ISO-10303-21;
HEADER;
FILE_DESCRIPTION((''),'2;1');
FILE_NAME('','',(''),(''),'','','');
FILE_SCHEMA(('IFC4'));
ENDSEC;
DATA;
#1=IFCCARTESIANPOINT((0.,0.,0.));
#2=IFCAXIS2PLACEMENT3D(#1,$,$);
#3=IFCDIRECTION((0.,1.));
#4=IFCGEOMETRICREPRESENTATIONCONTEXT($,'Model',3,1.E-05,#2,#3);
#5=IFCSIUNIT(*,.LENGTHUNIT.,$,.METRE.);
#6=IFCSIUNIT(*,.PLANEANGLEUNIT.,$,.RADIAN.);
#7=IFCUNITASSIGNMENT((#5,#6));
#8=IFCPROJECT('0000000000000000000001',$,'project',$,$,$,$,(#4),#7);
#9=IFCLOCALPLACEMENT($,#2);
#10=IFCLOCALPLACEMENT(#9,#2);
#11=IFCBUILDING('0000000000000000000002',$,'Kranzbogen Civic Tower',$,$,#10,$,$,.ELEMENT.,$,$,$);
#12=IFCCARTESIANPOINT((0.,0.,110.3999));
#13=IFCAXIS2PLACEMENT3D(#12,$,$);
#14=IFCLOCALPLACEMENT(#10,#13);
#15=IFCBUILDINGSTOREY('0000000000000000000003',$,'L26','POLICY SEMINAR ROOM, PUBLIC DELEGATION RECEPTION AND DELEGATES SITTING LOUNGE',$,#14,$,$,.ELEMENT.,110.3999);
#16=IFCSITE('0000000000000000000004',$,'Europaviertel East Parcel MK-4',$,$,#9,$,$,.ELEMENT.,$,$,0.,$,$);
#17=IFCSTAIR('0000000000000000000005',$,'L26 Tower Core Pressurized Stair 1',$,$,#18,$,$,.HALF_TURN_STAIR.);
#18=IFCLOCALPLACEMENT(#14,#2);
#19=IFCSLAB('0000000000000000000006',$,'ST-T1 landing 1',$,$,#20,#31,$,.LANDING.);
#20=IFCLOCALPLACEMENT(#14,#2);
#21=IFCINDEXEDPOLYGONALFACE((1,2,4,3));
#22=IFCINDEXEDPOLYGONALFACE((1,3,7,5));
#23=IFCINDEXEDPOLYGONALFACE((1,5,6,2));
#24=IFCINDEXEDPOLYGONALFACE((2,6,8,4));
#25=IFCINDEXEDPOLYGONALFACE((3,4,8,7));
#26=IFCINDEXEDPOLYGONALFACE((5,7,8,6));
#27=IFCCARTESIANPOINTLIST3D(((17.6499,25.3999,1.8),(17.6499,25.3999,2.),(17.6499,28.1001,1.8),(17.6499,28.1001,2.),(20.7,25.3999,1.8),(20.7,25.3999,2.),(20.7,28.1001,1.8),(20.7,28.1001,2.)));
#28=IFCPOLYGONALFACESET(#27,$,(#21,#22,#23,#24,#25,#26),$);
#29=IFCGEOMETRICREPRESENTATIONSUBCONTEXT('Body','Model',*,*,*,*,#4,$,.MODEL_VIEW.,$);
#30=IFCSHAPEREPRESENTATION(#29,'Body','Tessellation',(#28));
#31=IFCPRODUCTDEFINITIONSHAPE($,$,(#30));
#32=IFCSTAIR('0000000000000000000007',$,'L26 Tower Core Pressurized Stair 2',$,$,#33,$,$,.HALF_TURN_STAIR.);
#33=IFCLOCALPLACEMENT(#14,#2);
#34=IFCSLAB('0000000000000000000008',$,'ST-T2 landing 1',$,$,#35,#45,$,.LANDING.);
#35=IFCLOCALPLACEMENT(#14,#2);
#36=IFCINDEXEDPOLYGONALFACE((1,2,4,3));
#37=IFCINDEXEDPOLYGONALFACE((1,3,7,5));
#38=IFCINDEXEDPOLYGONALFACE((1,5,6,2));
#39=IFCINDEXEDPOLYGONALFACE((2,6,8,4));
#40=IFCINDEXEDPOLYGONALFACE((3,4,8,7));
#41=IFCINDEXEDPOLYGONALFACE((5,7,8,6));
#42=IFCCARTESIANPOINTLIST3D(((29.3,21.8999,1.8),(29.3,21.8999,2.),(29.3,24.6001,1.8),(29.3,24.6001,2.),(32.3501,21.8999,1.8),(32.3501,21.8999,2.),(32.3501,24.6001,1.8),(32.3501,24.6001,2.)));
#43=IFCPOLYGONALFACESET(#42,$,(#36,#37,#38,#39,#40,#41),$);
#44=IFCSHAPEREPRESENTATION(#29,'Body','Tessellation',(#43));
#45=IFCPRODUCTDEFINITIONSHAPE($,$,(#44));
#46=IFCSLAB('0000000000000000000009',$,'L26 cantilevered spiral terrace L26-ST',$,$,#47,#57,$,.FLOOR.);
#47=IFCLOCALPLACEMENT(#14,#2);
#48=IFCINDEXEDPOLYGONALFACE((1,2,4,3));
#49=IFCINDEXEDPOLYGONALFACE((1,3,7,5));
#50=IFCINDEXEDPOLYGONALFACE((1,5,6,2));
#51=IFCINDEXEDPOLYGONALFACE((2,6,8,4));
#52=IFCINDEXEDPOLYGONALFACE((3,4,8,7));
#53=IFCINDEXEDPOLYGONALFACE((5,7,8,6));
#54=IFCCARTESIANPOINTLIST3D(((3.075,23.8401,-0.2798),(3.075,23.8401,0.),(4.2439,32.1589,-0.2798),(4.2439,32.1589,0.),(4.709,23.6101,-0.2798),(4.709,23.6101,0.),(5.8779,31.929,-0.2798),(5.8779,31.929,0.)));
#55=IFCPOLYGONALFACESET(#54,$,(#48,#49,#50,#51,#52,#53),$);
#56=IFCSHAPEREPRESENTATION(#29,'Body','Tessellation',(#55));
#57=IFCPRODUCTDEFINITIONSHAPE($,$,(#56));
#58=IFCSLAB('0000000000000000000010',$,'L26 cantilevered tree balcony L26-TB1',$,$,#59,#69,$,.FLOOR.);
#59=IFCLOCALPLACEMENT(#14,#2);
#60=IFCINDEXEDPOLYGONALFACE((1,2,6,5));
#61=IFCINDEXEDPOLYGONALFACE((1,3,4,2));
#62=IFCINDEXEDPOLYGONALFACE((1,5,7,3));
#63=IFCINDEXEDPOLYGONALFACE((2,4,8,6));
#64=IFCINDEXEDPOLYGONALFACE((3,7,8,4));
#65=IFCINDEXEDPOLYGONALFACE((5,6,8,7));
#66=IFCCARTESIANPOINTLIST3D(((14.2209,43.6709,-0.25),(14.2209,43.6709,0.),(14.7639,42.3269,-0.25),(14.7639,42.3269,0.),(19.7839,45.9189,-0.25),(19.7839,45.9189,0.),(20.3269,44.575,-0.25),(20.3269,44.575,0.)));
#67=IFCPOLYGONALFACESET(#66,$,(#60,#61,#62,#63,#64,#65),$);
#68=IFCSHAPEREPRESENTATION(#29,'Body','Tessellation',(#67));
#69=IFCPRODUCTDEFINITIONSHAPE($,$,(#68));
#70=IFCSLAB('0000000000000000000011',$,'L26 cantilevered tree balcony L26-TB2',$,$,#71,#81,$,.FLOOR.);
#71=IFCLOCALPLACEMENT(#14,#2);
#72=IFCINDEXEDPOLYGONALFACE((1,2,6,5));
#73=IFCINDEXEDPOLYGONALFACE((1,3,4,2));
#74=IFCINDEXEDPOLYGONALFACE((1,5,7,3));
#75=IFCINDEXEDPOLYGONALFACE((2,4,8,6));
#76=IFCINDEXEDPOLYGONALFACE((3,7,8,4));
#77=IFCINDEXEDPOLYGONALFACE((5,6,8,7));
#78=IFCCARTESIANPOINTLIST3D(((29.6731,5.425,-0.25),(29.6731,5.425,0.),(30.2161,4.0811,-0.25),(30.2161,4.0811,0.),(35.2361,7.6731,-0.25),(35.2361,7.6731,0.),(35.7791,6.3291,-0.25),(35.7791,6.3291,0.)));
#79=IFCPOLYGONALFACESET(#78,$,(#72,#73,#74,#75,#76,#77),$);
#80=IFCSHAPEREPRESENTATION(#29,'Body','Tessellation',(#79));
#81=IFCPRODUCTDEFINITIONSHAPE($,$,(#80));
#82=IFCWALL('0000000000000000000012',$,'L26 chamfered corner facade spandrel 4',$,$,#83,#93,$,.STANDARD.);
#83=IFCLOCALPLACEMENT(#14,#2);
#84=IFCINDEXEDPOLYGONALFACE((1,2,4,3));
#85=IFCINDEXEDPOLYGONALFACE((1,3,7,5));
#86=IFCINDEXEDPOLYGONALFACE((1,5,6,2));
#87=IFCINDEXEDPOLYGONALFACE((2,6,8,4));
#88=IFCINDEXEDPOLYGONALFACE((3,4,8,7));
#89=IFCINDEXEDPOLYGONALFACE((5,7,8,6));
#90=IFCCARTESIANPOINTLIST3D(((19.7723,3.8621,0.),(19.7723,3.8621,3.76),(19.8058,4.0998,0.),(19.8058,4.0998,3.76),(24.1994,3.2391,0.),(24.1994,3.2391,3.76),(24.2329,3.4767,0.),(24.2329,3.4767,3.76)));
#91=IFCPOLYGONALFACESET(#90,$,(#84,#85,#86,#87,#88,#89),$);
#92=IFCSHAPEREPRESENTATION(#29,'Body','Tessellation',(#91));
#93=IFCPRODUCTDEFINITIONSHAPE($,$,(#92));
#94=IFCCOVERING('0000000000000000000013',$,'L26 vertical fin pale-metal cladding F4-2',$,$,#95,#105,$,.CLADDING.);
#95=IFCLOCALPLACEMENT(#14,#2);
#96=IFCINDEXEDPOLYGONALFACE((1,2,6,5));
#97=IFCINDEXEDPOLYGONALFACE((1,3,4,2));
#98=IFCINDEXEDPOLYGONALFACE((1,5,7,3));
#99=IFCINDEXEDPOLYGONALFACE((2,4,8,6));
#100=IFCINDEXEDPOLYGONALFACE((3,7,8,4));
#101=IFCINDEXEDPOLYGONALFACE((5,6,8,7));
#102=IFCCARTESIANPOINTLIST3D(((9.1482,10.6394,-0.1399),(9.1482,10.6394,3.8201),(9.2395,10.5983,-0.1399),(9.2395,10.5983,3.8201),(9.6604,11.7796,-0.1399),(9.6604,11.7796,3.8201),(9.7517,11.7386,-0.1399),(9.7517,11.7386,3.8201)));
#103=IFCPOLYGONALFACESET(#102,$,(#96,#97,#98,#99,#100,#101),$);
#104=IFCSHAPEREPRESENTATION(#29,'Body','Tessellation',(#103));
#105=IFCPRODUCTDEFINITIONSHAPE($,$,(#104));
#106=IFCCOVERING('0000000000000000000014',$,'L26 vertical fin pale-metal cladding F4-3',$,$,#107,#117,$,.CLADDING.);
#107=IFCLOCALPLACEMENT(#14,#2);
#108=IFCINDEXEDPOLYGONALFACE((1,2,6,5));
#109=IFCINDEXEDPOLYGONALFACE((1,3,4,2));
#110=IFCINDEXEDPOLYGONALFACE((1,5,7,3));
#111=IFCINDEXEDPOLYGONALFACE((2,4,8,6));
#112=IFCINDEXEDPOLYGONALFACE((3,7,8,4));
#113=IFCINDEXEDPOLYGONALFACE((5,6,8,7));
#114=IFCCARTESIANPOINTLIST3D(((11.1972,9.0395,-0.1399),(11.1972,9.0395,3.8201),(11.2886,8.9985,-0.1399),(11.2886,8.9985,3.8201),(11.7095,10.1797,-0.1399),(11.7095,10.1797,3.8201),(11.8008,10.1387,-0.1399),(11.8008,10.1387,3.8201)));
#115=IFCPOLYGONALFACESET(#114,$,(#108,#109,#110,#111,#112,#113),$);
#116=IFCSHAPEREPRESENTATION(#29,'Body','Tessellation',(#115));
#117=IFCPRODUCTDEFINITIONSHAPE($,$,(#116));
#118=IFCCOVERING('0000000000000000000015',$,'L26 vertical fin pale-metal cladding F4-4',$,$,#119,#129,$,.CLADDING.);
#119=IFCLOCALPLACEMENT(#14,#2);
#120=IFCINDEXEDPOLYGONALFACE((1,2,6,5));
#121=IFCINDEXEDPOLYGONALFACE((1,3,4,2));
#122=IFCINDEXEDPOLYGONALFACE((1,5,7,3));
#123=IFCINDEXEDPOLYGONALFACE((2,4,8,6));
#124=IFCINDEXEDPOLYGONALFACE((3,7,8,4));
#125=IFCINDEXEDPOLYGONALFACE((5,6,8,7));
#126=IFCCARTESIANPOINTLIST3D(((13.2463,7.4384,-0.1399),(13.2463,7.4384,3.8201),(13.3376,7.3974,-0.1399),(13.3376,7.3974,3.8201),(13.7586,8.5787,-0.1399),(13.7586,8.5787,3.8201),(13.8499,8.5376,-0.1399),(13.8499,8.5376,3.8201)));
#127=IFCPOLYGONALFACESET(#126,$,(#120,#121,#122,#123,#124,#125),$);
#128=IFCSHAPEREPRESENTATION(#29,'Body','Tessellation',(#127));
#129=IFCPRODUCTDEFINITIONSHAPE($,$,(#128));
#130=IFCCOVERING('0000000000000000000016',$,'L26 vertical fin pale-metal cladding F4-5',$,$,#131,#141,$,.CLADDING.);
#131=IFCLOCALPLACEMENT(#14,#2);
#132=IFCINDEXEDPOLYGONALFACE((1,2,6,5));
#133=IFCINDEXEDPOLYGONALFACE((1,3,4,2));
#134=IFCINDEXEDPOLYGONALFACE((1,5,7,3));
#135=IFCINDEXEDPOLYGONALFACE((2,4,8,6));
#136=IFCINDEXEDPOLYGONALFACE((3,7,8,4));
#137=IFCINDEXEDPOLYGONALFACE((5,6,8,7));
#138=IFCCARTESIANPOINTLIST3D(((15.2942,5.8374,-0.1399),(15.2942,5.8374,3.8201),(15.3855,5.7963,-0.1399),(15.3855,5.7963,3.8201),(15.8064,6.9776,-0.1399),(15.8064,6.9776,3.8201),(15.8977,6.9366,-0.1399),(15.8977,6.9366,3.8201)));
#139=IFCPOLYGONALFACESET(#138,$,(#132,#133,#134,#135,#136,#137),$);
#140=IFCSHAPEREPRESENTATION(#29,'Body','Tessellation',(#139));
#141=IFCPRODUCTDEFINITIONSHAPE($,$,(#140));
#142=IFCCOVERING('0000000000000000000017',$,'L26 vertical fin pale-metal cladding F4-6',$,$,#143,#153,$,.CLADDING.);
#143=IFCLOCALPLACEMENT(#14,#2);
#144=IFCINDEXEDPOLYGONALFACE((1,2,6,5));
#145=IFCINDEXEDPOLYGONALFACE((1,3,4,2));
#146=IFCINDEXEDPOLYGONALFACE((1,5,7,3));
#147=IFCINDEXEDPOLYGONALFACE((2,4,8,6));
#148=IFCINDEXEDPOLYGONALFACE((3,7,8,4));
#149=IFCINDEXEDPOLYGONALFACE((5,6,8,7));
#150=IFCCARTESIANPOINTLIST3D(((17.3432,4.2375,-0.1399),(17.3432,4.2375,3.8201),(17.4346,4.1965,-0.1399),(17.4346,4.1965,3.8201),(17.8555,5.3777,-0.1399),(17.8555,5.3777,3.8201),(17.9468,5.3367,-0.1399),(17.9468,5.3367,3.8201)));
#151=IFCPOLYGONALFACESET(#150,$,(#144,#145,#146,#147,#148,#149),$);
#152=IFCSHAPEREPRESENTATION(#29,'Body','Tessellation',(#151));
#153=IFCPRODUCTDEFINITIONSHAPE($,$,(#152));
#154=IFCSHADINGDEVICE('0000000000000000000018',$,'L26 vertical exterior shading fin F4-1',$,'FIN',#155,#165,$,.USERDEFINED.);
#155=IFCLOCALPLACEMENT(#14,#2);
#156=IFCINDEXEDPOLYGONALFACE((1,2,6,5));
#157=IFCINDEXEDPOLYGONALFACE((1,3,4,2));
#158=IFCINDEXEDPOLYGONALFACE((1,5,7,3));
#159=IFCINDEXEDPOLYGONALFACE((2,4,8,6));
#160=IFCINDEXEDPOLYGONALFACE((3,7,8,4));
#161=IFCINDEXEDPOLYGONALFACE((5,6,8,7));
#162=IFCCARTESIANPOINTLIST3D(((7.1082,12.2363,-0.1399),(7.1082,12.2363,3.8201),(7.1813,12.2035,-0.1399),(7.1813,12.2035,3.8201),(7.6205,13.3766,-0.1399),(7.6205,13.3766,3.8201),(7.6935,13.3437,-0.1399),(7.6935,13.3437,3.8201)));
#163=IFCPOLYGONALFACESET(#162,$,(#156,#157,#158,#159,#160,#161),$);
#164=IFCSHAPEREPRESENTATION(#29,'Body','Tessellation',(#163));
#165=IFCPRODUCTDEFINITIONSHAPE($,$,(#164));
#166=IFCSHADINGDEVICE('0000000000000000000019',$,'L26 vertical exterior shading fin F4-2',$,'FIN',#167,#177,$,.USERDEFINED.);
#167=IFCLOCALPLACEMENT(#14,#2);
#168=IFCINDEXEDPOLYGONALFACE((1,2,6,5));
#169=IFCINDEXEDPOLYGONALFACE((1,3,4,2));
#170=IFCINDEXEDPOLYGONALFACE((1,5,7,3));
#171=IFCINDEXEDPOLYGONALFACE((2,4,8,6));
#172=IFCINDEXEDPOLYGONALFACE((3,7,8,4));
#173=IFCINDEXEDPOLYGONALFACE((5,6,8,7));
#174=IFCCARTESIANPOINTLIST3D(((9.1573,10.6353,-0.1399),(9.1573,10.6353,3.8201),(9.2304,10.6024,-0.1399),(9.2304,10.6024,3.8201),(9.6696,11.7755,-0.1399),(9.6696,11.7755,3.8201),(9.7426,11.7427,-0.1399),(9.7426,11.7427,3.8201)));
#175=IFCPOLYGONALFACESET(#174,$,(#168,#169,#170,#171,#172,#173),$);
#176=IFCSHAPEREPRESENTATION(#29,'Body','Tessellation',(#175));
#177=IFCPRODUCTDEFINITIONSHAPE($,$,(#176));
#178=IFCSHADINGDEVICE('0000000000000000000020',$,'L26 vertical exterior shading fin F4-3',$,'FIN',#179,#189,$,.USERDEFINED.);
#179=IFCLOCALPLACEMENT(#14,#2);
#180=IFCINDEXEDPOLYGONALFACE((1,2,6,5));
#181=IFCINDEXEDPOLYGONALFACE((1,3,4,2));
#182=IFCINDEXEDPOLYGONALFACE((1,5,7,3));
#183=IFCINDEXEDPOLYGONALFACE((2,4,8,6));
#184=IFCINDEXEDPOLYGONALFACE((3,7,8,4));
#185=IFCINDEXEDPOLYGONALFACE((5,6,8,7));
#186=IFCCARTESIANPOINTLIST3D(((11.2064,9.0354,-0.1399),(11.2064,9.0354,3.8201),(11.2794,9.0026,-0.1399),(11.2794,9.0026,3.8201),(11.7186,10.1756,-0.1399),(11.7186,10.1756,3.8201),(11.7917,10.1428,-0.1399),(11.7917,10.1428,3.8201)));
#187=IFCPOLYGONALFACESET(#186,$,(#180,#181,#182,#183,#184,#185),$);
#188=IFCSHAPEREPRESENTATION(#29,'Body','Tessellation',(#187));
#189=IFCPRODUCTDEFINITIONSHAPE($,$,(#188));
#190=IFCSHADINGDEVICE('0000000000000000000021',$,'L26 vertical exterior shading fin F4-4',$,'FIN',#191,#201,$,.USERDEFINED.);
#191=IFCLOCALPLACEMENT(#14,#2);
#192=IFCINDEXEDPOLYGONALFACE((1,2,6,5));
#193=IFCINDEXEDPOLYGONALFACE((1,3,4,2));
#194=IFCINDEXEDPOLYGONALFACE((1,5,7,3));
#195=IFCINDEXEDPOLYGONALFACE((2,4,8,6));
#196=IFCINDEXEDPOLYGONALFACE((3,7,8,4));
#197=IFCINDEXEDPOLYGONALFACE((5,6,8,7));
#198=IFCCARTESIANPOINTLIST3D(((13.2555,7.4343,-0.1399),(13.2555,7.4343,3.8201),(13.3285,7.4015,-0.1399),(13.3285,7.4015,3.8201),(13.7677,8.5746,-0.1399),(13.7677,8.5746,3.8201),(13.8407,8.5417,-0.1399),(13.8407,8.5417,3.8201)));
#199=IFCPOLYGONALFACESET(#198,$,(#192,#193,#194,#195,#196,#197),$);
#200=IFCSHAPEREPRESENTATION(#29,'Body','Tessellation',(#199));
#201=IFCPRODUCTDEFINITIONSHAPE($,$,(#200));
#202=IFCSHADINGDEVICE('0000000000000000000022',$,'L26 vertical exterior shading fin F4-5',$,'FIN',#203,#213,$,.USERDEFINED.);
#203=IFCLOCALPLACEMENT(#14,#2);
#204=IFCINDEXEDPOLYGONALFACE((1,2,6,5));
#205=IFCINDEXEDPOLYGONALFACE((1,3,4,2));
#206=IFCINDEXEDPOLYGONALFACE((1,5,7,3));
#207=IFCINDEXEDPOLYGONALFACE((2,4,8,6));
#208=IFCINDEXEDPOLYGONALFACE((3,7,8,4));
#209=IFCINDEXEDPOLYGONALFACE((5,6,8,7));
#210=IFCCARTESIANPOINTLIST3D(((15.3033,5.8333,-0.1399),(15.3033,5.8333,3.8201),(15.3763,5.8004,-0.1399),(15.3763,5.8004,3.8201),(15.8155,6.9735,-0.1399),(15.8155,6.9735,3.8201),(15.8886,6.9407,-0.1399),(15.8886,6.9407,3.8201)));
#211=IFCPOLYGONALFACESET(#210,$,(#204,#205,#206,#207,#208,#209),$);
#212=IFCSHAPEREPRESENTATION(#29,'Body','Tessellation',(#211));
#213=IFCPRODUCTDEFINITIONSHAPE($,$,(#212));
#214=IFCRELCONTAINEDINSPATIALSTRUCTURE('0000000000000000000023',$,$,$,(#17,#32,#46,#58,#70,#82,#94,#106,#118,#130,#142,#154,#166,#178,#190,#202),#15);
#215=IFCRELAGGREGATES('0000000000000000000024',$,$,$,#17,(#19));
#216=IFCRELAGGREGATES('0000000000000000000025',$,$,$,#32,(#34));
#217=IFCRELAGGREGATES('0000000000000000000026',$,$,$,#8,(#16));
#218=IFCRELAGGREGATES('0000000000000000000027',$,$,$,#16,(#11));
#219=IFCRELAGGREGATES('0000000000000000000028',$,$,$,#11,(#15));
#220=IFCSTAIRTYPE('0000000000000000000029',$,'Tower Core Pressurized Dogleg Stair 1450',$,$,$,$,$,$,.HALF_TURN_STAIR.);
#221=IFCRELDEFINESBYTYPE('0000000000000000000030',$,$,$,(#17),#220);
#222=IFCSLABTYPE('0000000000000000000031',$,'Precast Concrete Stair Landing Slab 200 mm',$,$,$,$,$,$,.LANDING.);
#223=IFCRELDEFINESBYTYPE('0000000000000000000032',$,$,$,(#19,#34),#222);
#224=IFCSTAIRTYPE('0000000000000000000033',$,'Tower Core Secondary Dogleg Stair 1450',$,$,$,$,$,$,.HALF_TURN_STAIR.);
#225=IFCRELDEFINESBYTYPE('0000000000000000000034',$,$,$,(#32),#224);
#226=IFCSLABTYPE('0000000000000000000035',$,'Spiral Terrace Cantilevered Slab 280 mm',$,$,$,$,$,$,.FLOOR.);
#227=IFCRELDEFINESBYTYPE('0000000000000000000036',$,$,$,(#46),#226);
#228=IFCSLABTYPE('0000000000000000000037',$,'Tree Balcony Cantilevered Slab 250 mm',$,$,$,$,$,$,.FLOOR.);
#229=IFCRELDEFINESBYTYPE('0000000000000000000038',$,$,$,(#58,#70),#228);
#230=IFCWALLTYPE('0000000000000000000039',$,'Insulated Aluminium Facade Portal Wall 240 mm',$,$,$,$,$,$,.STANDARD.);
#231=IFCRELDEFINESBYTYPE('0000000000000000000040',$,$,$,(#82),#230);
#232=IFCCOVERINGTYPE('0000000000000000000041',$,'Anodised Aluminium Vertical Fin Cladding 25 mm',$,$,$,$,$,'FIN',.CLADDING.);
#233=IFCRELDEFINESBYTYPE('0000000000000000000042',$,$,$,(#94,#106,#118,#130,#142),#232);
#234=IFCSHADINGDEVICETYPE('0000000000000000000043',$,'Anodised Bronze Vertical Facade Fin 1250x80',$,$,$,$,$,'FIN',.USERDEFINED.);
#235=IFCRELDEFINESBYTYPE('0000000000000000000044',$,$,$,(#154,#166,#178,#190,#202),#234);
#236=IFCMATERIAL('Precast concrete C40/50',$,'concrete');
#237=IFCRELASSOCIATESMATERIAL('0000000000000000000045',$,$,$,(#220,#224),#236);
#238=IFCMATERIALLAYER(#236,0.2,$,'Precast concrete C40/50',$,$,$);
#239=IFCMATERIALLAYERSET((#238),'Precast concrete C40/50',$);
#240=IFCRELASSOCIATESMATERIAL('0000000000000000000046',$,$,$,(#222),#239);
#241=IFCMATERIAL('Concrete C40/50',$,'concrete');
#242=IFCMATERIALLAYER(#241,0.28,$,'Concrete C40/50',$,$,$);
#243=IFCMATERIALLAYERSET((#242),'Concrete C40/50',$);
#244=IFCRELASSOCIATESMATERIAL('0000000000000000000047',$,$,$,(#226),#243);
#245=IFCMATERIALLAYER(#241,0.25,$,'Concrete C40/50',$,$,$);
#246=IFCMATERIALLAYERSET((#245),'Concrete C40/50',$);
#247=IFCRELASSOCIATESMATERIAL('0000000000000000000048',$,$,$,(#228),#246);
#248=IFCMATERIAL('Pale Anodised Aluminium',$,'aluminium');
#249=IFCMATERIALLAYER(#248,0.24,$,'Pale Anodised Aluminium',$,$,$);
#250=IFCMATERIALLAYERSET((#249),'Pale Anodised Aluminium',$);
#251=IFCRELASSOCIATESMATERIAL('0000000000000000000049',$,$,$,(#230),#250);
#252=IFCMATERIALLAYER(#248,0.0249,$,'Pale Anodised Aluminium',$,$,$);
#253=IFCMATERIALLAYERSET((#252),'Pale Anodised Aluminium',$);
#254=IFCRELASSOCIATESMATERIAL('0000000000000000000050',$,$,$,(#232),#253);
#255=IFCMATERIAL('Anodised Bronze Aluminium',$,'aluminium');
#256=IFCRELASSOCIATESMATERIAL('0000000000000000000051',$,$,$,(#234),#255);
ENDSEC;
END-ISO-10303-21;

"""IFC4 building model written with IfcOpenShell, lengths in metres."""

from ifc_helpers import new_model, si_unit, direction, frame, frame_2d, origin, origin_2d, place, context, subcontext, project, spatial, polyline, rectangle, outline, extrude, material, layer, layer_set, type_object, element, aggregate, save


model = new_model("IFC4")

# Units and contexts
model_context = context("Model", 3, precision=1e-05, world=origin(), true_north=direction((0.0, 1.0)))
body_context = subcontext(model_context, "Body", "Model", "MODEL_VIEW")
ifc_project = project(units=[si_unit("LENGTHUNIT", "METRE"), si_unit("PLANEANGLEUNIT", "RADIAN")], contexts=[model_context])

# Site, building, storey
site_placement = place(None, origin())
site = spatial("IfcSite", under=ifc_project, at=site_placement, Name="Europaviertel East Parcel MK-4", CompositionType="ELEMENT", RefElevation=0.0)
building_placement = place(site_placement, origin())
building = spatial("IfcBuilding", under=site, at=building_placement, Name="Kranzbogen Civic Tower", CompositionType="ELEMENT")
storey_placement = place(building_placement, frame((0.0, 0.0, 110.3999)))
storey = spatial("IfcBuildingStorey", under=building, at=storey_placement, Name="L26", Description="POLICY SEMINAR ROOM, PUBLIC DELEGATION RECEPTION AND DELEGATES SITTING LOUNGE", CompositionType="ELEMENT", Elevation=110.3999)

# Shared definitions
ifc_material_1 = material(Name="Pale Anodised Aluminium", Category="aluminium")

# Shared definitions
ifc_material_2 = material(Name="Concrete C40/50", Category="concrete")

# Stairs, slabs
ifc_material_3 = material(Name="Precast concrete C40/50", Category="concrete")
stair_type_1 = type_object("IfcStairType", Name="Tower Core Pressurized Dogleg Stair 1450", PredefinedType="HALF_TURN_STAIR", material=ifc_material_3)
stair_1_placement = place(storey_placement, origin())
stair_1 = element("IfcStair", 1, at=stair_1_placement, inside=storey, type_object=stair_type_1, Name="L26 Tower Core Pressurized Stair 1", PredefinedType="HALF_TURN_STAIR")
ifc_layer_1 = layer(ifc_material_3, 0.2, Name="Precast concrete C40/50")
ifc_layer_set_1 = layer_set([ifc_layer_1], Name="Precast concrete C40/50")
slab_type_1 = type_object("IfcSlabType", Name="Precast Concrete Stair Landing Slab 200 mm", PredefinedType="LANDING", material=ifc_layer_set_1)
slab_1_placement = place(storey_placement, frame((0.0, 0.0, 1.8)))
slab_1 = element("IfcSlab", 2, at=slab_1_placement, type_object=slab_type_1, Name="ST-T1 landing 1", PredefinedType="LANDING", context=body_context, shape_type="SweptSolid", body=[
    extrude(outline(polyline([(20.7, 25.3999), (20.7, 28.1001), (17.6499, 28.1001), (17.6499, 25.3999), (20.7, 25.3999)])), origin(), (0.0, 0.0, 1.0), 0.2),
])
aggregate(stair_1, [slab_1])
stair_type_2 = type_object("IfcStairType", Name="Tower Core Secondary Dogleg Stair 1450", PredefinedType="HALF_TURN_STAIR", material=ifc_material_3)
stair_2_placement = place(storey_placement, origin())
stair_2 = element("IfcStair", 3, at=stair_2_placement, inside=storey, type_object=stair_type_2, Name="L26 Tower Core Pressurized Stair 2", PredefinedType="HALF_TURN_STAIR")
slab_2_placement = place(storey_placement, frame((0.0, 0.0, 1.8)))
slab_2 = element("IfcSlab", 4, at=slab_2_placement, type_object=slab_type_1, Name="ST-T2 landing 1", PredefinedType="LANDING", context=body_context, shape_type="SweptSolid", body=[
    extrude(outline(polyline([(29.3, 24.6001), (29.3, 21.8999), (32.3501, 21.8999), (32.3501, 24.6001), (29.3, 24.6001)])), origin(), (0.0, 0.0, 1.0), 0.2),
])
aggregate(stair_2, [slab_2])

# Slabs
ifc_layer_2 = layer(ifc_material_2, 0.28, Name="Concrete C40/50")
ifc_layer_set_2 = layer_set([ifc_layer_2], Name="Concrete C40/50")
slab_type_2 = type_object("IfcSlabType", Name="Spiral Terrace Cantilevered Slab 280 mm", PredefinedType="FLOOR", material=ifc_layer_set_2)
slab_3_placement = place(storey_placement, frame((0.0, 0.0, -0.2798)))
element("IfcSlab", 5, at=slab_3_placement, inside=storey, type_object=slab_type_2, Name="L26 cantilevered spiral terrace L26-ST", PredefinedType="FLOOR", context=body_context, shape_type="SweptSolid", body=[
    extrude(outline(polyline([(5.8779, 31.929), (4.709, 23.6101), (3.075, 23.8401), (4.2439, 32.1589), (5.8779, 31.929)])), origin(), (0.0, 0.0, 1.0), 0.2798),
])
ifc_layer_3 = layer(ifc_material_2, 0.25, Name="Concrete C40/50")
ifc_layer_set_3 = layer_set([ifc_layer_3], Name="Concrete C40/50")
slab_type_3 = type_object("IfcSlabType", Name="Tree Balcony Cantilevered Slab 250 mm", PredefinedType="FLOOR", material=ifc_layer_set_3)
slab_4_placement = place(storey_placement, frame((0.0, 0.0, -0.25)))
element("IfcSlab", 6, at=slab_4_placement, inside=storey, type_object=slab_type_3, Name="L26 cantilevered tree balcony L26-TB1", PredefinedType="FLOOR", context=body_context, shape_type="SweptSolid", body=[
    extrude(outline(polyline([(20.3269, 44.575), (14.7639, 42.3269), (14.2209, 43.6709), (19.7839, 45.9189), (20.3269, 44.575)])), origin(), (0.0, 0.0, 1.0), 0.25),
])
slab_5_placement = place(storey_placement, frame((0.0, 0.0, -0.25)))
element("IfcSlab", 7, at=slab_5_placement, inside=storey, type_object=slab_type_3, Name="L26 cantilevered tree balcony L26-TB2", PredefinedType="FLOOR", context=body_context, shape_type="SweptSolid", body=[
    extrude(outline(polyline([(29.6731, 5.425), (35.2361, 7.6731), (35.7791, 6.3291), (30.2161, 4.0811), (29.6731, 5.425)])), origin(), (0.0, 0.0, 1.0), 0.25),
])

# Wall
ifc_layer_4 = layer(ifc_material_1, 0.24, Name="Pale Anodised Aluminium")
ifc_layer_set_4 = layer_set([ifc_layer_4], Name="Pale Anodised Aluminium")
wall_type = type_object("IfcWallType", Name="Insulated Aluminium Facade Portal Wall 240 mm", PredefinedType="STANDARD", material=ifc_layer_set_4)
wall_placement = place(storey_placement, frame((19.7891, 3.981, 0.0), z_axis=(0.0, 0.0, 1.0), x_axis=(0.990241, -0.139364, 0.0)))
element("IfcWall", 8, at=wall_placement, inside=storey, type_object=wall_type, Name="L26 chamfered corner facade spandrel 4", PredefinedType="STANDARD", context=body_context, shape_type="SweptSolid", body=[
    extrude(rectangle(XDim=4.4707, YDim=0.24, at=frame_2d((2.2354, 0.0))), origin(), (0.0, 0.0, 1.0), 3.76),
])

# Coverings
ifc_layer_5 = layer(ifc_material_1, 0.0249, Name="Pale Anodised Aluminium")
ifc_layer_set_5 = layer_set([ifc_layer_5], Name="Pale Anodised Aluminium")
covering_type_1 = type_object("IfcCoveringType", Name="Anodised Aluminium Vertical Fin Cladding 25 mm", ElementType="FIN", PredefinedType="CLADDING", material=ifc_layer_set_5)
for number, where, z_axis, x_axis, name in (
    (9, (9.45, 11.189, -0.1399), (0.0, 0.0, 1.0), (-0.409796, -0.912177, 0.0), "L26 vertical fin pale-metal cladding F4-2"),
    (10, (11.499, 9.5891, -0.1399), (0.0, 0.0, 1.0), (-0.409796, -0.912177, 0.0), "L26 vertical fin pale-metal cladding F4-3"),
    (11, (13.5481, 7.988, -0.1399), (0.0, 0.0, 1.0), (-0.409796, -0.912177, 0.0), "L26 vertical fin pale-metal cladding F4-4"),
    (12, (15.5959, 6.387, -0.1399), (0.0, 0.0, 1.0), (-0.409796, -0.912177, 0.0), "L26 vertical fin pale-metal cladding F4-5"),
    (13, (17.645, 4.7871, -0.1399), (0.0, 0.0, 1.0), (-0.409796, -0.912177, 0.0), "L26 vertical fin pale-metal cladding F4-6"),
):
    element("IfcCovering", number, at=place(storey_placement, frame(where, z_axis=z_axis, x_axis=x_axis)), inside=storey, type_object=covering_type_1, Name=name, PredefinedType="CLADDING", context=body_context, shape_type="SweptSolid", body=[
        extrude(rectangle(XDim=1.25, YDim=0.1001, at=origin_2d()), origin(), (0.0, 0.0, 1.0), 3.96),
    ])

# Shading devices
ifc_material_4 = material(Name="Anodised Bronze Aluminium", Category="aluminium")
shading_device_type = type_object("IfcShadingDeviceType", Name="Anodised Bronze Vertical Facade Fin 1250x80", ElementType="FIN", PredefinedType="USERDEFINED", material=ifc_material_4)
for number, where, z_axis, x_axis, name in (
    (14, (7.4009, 12.79, -0.1399), (0.0, 0.0, 1.0), (-0.409796, -0.912177, 0.0), "L26 vertical exterior shading fin F4-1"),
    (15, (9.45, 11.189, -0.1399), (0.0, 0.0, 1.0), (-0.409796, -0.912177, 0.0), "L26 vertical exterior shading fin F4-2"),
    (16, (11.499, 9.5891, -0.1399), (0.0, 0.0, 1.0), (-0.409796, -0.912177, 0.0), "L26 vertical exterior shading fin F4-3"),
    (17, (13.5481, 7.988, -0.1399), (0.0, 0.0, 1.0), (-0.409796, -0.912177, 0.0), "L26 vertical exterior shading fin F4-4"),
    (18, (15.5959, 6.387, -0.1399), (0.0, 0.0, 1.0), (-0.409796, -0.912177, 0.0), "L26 vertical exterior shading fin F4-5"),
):
    element("IfcShadingDevice", number, at=place(storey_placement, frame(where, z_axis=z_axis, x_axis=x_axis)), inside=storey, type_object=shading_device_type, Name=name, ObjectType="FIN", PredefinedType="USERDEFINED", context=body_context, shape_type="SweptSolid", body=[
        extrude(rectangle(XDim=1.25, YDim=0.0801, at=origin_2d()), origin(), (0.0, 0.0, 1.0), 3.96),
    ])

save(model, "model.ifc")
